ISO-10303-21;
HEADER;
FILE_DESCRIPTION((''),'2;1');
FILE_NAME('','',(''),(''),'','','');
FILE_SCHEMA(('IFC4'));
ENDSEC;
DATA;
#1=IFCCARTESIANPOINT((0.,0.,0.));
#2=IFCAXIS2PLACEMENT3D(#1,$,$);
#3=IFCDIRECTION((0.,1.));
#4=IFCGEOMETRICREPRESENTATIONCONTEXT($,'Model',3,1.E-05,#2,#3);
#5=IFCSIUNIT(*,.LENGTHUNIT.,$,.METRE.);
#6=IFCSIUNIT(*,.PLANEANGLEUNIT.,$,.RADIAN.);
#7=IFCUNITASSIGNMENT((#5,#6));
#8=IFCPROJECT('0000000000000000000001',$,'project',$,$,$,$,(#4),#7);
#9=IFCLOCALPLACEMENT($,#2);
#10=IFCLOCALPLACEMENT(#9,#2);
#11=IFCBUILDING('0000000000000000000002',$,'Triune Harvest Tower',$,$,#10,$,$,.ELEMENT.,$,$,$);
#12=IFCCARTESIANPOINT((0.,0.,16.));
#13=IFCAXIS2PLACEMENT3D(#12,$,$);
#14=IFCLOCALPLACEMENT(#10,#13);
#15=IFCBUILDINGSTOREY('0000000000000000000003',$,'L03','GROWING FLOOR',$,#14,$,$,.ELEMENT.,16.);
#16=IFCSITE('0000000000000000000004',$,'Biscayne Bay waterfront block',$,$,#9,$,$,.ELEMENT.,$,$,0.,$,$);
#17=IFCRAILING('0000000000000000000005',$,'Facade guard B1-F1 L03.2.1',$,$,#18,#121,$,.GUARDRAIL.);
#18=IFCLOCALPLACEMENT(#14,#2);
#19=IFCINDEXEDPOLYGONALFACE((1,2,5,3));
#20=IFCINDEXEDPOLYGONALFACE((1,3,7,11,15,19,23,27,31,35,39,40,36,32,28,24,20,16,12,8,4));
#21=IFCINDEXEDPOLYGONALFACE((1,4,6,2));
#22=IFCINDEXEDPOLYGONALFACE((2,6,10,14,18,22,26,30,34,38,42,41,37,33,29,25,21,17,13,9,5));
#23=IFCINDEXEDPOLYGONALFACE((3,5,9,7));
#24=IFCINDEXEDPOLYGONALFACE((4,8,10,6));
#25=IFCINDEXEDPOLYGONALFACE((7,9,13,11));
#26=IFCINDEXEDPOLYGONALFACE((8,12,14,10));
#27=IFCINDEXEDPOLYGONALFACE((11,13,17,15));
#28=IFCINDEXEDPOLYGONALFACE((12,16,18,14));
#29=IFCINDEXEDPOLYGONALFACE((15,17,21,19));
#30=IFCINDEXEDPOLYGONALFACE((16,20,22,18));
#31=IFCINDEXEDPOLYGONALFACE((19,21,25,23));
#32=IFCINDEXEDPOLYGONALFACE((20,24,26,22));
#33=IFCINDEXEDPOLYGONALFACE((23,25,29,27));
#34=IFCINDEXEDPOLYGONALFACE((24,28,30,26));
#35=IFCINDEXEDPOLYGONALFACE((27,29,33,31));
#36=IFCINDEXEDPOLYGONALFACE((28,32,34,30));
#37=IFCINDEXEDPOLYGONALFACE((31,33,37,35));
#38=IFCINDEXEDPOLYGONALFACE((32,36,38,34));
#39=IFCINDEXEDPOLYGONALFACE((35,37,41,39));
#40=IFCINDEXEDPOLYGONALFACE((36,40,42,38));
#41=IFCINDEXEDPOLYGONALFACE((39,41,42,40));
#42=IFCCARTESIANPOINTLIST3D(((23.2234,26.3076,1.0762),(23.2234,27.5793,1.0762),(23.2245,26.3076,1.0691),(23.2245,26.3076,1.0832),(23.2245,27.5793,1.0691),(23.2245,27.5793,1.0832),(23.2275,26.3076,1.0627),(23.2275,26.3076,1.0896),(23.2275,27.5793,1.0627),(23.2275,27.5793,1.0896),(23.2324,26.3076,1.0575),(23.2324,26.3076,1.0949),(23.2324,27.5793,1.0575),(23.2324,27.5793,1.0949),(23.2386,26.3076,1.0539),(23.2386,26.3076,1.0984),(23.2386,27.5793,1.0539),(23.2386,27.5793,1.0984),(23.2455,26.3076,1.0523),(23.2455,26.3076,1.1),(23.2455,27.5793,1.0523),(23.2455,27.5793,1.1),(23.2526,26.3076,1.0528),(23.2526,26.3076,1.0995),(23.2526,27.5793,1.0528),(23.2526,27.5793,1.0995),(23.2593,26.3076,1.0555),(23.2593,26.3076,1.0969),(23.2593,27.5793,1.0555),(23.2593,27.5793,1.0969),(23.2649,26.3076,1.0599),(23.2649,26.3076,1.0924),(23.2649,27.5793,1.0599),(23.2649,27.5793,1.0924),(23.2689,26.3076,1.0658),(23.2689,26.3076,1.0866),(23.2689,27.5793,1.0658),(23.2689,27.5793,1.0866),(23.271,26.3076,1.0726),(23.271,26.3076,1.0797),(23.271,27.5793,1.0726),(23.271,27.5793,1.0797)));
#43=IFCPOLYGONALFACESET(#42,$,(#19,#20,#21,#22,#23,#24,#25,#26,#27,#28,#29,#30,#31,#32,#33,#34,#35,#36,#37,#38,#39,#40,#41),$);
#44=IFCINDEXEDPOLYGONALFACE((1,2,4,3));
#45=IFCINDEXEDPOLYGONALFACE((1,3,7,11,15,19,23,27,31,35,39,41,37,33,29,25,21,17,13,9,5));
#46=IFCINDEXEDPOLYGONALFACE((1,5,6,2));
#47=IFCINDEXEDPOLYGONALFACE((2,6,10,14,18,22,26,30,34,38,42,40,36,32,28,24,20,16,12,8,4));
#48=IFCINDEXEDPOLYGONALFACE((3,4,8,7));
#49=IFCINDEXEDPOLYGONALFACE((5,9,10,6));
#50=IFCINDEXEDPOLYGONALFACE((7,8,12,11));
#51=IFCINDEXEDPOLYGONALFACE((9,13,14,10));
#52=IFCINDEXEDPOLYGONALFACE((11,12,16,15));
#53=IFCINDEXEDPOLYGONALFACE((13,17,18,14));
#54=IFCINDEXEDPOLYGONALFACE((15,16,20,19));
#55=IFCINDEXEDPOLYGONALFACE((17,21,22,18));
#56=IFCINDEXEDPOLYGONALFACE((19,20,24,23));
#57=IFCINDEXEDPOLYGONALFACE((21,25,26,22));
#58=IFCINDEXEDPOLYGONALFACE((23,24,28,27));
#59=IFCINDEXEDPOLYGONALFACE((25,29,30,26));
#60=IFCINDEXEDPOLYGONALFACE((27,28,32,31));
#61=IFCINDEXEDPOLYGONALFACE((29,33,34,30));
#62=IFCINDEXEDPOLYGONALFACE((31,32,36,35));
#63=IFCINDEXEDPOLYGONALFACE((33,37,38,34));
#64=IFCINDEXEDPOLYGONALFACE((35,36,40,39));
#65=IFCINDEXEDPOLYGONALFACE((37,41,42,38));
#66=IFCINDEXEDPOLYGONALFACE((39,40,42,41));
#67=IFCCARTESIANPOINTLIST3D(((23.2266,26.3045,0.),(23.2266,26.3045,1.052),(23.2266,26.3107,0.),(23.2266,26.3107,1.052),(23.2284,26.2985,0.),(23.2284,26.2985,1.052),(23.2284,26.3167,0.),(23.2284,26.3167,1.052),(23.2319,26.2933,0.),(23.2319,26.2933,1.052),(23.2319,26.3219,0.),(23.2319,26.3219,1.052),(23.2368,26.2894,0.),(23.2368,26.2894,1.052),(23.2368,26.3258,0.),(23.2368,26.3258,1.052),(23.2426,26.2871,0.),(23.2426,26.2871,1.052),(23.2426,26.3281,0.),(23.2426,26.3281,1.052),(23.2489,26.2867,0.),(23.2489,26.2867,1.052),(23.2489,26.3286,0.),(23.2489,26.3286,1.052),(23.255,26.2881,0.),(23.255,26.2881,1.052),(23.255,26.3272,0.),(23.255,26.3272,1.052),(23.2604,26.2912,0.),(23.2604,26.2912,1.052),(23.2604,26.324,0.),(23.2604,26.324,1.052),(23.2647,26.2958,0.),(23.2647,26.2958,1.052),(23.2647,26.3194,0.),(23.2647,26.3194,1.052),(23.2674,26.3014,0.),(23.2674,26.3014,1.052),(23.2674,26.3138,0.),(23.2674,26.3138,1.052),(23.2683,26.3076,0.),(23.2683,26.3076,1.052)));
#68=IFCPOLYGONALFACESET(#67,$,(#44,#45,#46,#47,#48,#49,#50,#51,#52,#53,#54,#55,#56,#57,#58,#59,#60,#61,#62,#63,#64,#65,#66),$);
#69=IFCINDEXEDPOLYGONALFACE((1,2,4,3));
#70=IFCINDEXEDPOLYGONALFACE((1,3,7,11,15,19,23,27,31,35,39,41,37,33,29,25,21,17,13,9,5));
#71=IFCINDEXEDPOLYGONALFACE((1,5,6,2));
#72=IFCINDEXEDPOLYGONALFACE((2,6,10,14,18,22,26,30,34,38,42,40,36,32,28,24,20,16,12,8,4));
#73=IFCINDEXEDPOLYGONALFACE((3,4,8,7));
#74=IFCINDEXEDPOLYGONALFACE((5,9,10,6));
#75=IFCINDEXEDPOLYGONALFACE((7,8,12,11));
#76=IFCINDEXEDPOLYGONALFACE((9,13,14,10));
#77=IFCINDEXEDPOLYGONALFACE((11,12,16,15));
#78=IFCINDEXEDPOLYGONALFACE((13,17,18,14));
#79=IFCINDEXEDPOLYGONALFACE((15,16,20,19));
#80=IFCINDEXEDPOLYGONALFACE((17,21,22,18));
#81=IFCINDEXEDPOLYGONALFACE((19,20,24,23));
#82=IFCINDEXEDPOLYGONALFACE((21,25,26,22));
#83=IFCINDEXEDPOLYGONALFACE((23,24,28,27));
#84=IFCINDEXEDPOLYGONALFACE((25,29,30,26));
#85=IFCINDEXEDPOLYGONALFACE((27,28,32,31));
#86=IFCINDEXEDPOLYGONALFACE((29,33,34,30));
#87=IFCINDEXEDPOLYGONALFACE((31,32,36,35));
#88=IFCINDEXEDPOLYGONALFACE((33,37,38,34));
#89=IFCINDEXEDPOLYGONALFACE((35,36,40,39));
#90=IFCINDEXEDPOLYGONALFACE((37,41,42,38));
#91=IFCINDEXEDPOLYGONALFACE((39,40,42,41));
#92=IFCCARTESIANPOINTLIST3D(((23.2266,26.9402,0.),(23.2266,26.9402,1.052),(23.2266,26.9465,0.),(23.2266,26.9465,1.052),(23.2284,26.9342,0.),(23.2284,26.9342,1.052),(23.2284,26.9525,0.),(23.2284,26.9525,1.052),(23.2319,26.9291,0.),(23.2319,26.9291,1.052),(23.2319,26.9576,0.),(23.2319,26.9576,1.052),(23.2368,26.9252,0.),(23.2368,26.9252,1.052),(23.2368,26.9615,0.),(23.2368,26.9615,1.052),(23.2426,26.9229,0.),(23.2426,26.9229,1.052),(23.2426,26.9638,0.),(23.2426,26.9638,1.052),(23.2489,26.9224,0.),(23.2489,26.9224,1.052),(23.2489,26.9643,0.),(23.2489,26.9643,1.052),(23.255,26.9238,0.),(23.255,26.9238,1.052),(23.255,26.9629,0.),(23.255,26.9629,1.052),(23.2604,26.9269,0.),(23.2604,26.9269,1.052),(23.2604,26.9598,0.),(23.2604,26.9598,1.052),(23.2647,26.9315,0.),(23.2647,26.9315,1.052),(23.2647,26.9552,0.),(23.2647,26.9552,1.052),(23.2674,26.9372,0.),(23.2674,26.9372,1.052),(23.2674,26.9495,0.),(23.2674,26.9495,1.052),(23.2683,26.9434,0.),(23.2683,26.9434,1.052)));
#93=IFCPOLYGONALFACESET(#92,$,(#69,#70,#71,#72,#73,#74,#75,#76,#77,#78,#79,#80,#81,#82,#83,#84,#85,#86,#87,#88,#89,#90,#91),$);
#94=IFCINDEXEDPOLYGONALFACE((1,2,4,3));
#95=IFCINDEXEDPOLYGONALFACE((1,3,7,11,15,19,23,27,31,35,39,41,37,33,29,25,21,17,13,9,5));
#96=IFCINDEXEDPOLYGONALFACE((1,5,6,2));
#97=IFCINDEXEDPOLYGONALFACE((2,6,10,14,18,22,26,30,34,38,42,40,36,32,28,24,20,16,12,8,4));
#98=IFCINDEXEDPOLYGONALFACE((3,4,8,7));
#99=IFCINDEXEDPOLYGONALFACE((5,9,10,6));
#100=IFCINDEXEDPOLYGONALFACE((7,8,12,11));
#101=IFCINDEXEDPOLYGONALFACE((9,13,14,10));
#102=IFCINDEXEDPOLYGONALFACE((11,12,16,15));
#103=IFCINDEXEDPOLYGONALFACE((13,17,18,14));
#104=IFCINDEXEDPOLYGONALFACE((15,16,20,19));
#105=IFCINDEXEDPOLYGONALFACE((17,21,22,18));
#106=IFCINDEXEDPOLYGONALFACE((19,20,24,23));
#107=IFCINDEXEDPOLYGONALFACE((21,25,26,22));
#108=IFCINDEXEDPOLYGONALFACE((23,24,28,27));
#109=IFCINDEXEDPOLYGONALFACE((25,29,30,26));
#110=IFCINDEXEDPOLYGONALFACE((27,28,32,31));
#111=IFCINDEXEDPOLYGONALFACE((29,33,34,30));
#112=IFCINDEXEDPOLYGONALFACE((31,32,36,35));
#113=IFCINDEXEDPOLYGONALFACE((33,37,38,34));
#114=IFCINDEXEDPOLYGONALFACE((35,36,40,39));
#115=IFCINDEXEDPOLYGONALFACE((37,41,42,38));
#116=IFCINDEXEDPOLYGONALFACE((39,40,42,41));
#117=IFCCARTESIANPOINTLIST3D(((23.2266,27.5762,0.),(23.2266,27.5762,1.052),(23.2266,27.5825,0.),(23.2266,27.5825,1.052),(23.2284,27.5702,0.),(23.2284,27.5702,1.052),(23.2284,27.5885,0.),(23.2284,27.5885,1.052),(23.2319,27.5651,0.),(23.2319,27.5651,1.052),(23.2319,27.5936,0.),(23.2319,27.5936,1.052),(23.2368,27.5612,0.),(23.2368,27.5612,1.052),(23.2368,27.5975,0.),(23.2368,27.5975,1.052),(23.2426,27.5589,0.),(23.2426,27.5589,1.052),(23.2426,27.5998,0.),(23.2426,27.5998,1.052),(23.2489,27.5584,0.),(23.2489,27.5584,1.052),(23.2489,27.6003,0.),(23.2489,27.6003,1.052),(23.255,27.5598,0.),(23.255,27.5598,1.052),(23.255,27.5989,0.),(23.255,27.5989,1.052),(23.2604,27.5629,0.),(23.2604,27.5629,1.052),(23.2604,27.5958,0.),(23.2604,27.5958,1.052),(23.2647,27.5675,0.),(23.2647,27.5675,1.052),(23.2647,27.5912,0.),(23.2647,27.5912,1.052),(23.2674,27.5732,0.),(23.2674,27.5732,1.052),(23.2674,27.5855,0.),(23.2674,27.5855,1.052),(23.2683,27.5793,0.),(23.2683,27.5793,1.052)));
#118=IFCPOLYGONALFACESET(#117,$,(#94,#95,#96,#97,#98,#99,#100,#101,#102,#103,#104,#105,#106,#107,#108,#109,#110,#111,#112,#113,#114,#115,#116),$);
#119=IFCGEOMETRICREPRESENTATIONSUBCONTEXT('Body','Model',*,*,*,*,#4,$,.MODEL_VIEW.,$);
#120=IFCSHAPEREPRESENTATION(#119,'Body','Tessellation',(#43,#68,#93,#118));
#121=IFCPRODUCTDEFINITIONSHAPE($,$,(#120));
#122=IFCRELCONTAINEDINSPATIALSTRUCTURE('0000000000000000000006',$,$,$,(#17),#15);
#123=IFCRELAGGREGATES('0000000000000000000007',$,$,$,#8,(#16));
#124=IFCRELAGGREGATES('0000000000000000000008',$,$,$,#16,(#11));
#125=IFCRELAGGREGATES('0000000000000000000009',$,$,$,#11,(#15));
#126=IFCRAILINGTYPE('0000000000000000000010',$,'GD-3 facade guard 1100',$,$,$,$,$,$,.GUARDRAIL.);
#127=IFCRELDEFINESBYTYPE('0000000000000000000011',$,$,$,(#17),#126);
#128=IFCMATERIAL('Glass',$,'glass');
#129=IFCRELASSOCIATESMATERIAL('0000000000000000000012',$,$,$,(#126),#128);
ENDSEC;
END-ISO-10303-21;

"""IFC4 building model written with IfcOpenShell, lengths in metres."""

from ifc_helpers import new_model, si_unit, direction, frame, origin, origin_2d, place, context, subcontext, project, spatial, circle, extrude, material, type_object, element, save


model = new_model("IFC4")

# Units and contexts
model_context = context("Model", 3, precision=1e-05, world=origin(), true_north=direction((0.0, 1.0)))
body_context = subcontext(model_context, "Body", "Model", "MODEL_VIEW")
ifc_project = project(units=[si_unit("LENGTHUNIT", "METRE"), si_unit("PLANEANGLEUNIT", "RADIAN")], contexts=[model_context])

# Site, building, storey
site_placement = place(None, origin())
site = spatial("IfcSite", under=ifc_project, at=site_placement, Name="Biscayne Bay waterfront block", CompositionType="ELEMENT", RefElevation=0.0)
building_placement = place(site_placement, origin())
building = spatial("IfcBuilding", under=site, at=building_placement, Name="Triune Harvest Tower", CompositionType="ELEMENT")
storey_placement = place(building_placement, frame((0.0, 0.0, 16.0)))
storey = spatial("IfcBuildingStorey", under=building, at=storey_placement, Name="L03", Description="GROWING FLOOR", CompositionType="ELEMENT", Elevation=16.0)

# Railing
ifc_material_1 = material(Name="Glass", Category="glass")
railing_type = type_object("IfcRailingType", Name="GD-3 facade guard 1100", PredefinedType="GUARDRAIL", material=ifc_material_1)
railing_placement = place(storey_placement, frame((23.2473, 26.3076, 0.0)))
element("IfcRailing", 1, at=railing_placement, inside=storey, type_object=railing_type, Name="Facade guard B1-F1 L03.2.1", PredefinedType="GUARDRAIL", context=body_context, shape_type="SweptSolid", body=[
    extrude(circle(Radius=0.0239, at=origin_2d()), frame((0.0, 0.0, 1.0762), z_axis=(0.0, 1.0, 0.0), x_axis=(-1.0, 0.0, 0.0)), (0.0, 0.0, 1.0), 1.2717),
    extrude(circle(Radius=0.021, at=origin_2d()), origin(), (0.0, 0.0, 1.0), 1.052),
    extrude(circle(Radius=0.021, at=origin_2d()), frame((0.0, 0.6357, 0.0)), (0.0, 0.0, 1.0), 1.052),
    extrude(circle(Radius=0.021, at=origin_2d()), frame((0.0, 1.2717, 0.0)), (0.0, 0.0, 1.0), 1.052),
])

save(model, "model.ifc")
